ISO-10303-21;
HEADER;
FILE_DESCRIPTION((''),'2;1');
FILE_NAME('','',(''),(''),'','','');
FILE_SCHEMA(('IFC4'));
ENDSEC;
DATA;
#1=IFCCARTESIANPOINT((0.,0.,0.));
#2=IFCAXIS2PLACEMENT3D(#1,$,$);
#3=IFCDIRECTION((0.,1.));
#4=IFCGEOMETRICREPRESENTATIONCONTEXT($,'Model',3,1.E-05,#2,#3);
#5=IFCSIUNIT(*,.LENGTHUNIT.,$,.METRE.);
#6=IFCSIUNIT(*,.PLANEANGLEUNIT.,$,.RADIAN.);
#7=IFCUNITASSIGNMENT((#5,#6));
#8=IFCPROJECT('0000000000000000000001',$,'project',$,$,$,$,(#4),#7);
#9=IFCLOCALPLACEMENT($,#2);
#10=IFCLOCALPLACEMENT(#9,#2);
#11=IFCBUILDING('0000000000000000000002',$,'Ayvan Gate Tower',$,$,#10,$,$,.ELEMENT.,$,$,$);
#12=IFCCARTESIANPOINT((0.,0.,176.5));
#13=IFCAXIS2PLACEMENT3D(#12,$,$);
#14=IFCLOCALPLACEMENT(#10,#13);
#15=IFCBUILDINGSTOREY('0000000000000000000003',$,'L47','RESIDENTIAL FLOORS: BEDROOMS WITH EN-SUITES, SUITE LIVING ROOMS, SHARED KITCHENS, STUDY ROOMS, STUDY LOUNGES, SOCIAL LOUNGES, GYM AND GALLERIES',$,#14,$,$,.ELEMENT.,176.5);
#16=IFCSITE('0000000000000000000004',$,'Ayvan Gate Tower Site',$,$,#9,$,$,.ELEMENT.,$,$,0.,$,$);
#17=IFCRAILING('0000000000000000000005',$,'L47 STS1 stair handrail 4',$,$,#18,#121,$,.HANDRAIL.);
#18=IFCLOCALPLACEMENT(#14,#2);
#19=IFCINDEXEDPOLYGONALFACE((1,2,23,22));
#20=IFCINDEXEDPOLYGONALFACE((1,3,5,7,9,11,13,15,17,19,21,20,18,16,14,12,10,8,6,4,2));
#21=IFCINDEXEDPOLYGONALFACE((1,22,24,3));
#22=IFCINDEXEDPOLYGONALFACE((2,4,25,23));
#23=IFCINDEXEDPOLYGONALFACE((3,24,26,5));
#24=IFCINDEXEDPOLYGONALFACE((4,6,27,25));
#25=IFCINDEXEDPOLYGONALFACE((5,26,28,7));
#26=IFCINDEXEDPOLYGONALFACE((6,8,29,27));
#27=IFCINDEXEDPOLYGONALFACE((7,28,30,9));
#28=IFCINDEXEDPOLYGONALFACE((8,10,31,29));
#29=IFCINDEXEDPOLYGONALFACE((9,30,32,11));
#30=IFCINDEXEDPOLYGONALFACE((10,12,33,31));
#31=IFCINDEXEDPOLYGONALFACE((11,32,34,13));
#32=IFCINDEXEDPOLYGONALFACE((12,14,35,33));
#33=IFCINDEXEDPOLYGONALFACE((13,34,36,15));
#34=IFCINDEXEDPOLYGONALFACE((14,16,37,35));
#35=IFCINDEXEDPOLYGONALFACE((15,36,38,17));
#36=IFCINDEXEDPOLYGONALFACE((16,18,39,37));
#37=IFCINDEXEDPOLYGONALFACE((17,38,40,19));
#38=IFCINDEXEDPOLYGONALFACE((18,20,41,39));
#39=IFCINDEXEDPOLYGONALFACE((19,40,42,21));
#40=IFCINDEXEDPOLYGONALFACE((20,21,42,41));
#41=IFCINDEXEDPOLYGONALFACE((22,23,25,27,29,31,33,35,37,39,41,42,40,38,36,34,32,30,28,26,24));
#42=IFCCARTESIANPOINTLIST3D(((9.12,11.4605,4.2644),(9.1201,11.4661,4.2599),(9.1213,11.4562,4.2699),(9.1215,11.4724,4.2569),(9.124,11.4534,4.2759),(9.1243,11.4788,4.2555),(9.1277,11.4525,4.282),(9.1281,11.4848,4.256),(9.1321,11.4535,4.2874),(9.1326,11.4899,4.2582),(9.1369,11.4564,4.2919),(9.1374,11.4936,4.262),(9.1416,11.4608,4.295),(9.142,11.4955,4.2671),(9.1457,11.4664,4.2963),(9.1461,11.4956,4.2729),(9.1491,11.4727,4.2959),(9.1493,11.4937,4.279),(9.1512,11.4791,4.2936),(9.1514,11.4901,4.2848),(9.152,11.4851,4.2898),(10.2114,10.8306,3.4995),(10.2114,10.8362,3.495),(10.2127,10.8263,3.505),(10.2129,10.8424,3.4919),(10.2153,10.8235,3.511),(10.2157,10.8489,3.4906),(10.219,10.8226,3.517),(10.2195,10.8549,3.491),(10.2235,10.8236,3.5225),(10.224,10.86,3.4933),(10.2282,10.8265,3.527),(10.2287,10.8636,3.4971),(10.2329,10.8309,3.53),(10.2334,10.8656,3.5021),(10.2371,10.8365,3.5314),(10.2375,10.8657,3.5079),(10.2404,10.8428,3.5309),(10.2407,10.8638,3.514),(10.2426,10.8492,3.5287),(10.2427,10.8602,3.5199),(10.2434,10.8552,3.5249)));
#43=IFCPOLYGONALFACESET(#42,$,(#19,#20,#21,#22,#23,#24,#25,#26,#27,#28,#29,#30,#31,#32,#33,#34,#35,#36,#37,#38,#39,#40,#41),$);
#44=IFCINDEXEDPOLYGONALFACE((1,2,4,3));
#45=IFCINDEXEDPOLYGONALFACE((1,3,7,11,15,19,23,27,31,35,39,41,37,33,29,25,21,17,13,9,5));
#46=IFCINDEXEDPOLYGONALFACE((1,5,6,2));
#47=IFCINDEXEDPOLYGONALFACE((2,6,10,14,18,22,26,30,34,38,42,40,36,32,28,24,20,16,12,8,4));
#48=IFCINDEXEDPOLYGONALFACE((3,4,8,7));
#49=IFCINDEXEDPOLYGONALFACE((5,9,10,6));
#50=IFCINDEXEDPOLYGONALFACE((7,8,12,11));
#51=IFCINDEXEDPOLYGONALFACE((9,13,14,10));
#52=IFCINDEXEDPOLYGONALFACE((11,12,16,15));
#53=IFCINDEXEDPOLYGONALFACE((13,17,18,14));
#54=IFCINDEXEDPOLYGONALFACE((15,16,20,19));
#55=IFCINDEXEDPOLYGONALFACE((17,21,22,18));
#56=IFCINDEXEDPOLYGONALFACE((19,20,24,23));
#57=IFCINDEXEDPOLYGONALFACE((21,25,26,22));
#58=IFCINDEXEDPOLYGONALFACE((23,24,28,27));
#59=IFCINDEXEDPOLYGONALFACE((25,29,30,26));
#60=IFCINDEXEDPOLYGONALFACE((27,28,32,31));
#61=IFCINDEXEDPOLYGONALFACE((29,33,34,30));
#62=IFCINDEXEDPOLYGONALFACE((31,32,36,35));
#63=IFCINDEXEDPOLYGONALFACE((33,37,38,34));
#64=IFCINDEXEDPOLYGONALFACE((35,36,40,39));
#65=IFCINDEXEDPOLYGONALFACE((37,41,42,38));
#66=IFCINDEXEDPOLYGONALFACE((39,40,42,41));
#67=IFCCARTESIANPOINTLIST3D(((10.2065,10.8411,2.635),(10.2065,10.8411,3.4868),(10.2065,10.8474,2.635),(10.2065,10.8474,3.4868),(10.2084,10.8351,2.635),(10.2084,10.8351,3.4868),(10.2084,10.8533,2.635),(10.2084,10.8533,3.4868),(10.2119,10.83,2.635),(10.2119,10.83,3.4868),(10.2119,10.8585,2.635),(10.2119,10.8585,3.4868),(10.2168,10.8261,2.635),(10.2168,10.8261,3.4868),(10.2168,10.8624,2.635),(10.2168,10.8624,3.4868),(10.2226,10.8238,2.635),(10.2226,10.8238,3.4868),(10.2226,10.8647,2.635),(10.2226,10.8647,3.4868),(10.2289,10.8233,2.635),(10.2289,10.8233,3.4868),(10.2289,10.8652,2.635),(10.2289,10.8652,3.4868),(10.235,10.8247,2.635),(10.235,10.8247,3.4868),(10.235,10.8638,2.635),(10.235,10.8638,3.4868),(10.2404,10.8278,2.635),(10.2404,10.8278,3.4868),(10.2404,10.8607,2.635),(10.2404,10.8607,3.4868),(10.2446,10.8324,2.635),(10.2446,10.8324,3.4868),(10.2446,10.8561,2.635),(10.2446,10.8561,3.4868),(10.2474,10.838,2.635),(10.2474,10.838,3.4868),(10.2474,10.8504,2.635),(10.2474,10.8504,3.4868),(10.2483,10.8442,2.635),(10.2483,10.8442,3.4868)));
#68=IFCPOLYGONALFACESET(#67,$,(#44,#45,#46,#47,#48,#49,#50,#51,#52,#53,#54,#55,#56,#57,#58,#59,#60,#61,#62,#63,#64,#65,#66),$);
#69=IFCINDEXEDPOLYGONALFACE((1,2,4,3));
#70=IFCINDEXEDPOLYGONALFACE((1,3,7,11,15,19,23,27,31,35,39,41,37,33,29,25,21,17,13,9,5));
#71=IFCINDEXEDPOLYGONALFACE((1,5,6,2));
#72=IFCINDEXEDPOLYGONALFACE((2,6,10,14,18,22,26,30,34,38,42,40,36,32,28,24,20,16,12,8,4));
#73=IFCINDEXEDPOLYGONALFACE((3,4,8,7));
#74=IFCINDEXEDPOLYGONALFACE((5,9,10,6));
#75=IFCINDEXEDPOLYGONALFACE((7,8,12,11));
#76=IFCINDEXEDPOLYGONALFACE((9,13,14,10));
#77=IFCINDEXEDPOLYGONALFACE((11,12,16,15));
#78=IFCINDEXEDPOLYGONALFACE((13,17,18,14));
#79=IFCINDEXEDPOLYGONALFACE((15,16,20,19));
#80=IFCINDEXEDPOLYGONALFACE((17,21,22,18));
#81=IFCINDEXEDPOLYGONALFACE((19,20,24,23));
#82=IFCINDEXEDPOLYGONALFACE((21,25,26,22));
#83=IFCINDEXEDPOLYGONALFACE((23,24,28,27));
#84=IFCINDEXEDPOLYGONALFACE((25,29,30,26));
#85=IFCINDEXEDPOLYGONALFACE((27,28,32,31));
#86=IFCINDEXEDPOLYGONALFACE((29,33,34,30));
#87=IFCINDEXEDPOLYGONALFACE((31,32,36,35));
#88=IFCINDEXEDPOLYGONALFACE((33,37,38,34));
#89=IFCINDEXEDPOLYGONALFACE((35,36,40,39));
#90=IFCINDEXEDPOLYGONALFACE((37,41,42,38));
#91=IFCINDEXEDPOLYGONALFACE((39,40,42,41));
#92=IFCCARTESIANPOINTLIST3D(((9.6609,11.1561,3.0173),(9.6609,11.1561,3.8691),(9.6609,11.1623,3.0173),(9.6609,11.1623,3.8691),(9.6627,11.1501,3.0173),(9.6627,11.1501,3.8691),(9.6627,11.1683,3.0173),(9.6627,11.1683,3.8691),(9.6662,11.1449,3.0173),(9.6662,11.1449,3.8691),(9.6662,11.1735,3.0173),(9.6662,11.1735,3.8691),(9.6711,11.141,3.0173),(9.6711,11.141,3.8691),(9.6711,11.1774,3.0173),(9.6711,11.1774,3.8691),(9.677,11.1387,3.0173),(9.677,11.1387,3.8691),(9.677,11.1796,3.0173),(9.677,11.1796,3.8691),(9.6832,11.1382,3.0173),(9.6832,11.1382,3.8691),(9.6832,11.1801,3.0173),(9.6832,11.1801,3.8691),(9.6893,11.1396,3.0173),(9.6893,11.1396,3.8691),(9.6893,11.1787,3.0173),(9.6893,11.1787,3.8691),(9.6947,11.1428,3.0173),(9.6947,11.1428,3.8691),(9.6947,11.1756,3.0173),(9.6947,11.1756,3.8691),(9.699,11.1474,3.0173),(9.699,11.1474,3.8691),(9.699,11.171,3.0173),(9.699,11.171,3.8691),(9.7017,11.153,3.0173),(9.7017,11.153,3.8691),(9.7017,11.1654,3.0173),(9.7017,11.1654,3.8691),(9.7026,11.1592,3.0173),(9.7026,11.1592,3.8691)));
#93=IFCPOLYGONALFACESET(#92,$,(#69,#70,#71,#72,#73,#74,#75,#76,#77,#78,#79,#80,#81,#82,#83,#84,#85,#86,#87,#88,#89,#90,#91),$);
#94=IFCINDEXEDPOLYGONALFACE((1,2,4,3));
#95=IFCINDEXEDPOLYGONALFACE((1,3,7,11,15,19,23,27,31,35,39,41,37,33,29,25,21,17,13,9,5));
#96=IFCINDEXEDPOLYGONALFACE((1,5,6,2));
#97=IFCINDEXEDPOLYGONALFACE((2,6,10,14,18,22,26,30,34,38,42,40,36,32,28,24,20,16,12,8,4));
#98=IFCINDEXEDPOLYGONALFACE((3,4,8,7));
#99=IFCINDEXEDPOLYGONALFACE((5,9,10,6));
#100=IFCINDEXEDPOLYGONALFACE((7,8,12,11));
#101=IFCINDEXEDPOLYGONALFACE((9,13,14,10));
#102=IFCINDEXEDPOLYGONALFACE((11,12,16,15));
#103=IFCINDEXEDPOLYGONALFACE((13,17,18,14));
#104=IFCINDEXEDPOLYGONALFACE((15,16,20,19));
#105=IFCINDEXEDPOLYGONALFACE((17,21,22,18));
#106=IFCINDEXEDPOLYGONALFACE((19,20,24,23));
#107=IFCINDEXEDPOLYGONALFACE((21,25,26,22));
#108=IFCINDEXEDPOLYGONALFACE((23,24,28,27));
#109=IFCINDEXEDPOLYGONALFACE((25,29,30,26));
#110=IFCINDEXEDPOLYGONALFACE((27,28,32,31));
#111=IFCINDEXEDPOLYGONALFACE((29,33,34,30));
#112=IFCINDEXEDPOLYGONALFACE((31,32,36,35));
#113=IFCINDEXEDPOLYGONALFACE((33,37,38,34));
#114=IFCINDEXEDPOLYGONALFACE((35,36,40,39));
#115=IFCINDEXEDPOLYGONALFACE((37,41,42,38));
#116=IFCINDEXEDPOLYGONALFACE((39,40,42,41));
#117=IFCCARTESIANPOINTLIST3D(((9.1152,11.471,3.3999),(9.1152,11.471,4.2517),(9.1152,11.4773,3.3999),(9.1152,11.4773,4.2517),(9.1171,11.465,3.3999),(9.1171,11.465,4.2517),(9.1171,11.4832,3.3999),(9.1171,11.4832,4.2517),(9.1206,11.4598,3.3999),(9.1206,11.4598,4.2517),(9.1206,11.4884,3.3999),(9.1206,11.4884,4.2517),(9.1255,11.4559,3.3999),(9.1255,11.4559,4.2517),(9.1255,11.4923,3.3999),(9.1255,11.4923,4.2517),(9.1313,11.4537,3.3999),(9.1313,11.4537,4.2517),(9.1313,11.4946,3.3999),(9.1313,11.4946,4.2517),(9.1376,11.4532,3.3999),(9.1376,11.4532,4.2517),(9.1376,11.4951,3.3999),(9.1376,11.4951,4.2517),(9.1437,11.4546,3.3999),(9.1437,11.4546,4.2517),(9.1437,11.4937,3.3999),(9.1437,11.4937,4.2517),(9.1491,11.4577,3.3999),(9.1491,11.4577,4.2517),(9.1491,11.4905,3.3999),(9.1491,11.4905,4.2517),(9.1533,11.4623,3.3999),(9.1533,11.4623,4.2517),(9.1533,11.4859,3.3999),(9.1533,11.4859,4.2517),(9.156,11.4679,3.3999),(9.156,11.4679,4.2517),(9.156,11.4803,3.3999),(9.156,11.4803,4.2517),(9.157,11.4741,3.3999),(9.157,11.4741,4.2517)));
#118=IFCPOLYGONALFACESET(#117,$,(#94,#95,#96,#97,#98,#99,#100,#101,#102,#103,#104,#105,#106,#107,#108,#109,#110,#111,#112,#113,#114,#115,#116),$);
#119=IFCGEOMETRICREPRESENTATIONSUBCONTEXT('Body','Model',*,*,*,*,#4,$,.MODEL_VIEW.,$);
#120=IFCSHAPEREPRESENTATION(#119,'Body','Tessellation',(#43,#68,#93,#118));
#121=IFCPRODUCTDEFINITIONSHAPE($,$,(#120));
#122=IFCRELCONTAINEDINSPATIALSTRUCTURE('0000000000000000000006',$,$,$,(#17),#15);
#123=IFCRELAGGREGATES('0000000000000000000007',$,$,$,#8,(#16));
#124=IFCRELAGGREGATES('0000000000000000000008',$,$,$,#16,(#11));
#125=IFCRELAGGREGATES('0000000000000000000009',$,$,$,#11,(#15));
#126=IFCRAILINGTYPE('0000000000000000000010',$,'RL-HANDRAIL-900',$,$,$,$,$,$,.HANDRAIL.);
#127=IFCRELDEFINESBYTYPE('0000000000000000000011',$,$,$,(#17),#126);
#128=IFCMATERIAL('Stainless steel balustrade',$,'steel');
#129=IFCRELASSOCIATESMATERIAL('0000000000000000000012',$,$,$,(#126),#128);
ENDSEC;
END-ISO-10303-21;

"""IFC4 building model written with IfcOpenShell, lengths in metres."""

from ifc_helpers import new_model, si_unit, direction, frame, origin, origin_2d, place, context, subcontext, project, spatial, circle, extrude, material, type_object, element, save


model = new_model("IFC4")

# Units and contexts
model_context = context("Model", 3, precision=1e-05, world=origin(), true_north=direction((0.0, 1.0)))
body_context = subcontext(model_context, "Body", "Model", "MODEL_VIEW")
ifc_project = project(units=[si_unit("LENGTHUNIT", "METRE"), si_unit("PLANEANGLEUNIT", "RADIAN")], contexts=[model_context])

# Site, building, storey
site_placement = place(None, origin())
site = spatial("IfcSite", under=ifc_project, at=site_placement, Name="Ayvan Gate Tower Site", CompositionType="ELEMENT", RefElevation=0.0)
building_placement = place(site_placement, origin())
building = spatial("IfcBuilding", under=site, at=building_placement, Name="Ayvan Gate Tower", CompositionType="ELEMENT")
storey_placement = place(building_placement, frame((0.0, 0.0, 176.5)))
storey = spatial("IfcBuildingStorey", under=building, at=storey_placement, Name="L47", Description="RESIDENTIAL FLOORS: BEDROOMS WITH EN-SUITES, SUITE LIVING ROOMS, SHARED KITCHENS, STUDY ROOMS, STUDY LOUNGES, SOCIAL LOUNGES, GYM AND GALLERIES", CompositionType="ELEMENT", Elevation=176.5)

# Railing
ifc_material_1 = material(Name="Stainless steel balustrade", Category="steel")
railing_type_1 = type_object("IfcRailingType", Name="RL-HANDRAIL-900", PredefinedType="HANDRAIL", material=ifc_material_1)
railing_1_placement = place(storey_placement, frame((10.2273, 10.8442, 2.635)))
element("IfcRailing", 1, at=railing_1_placement, inside=storey, type_object=railing_type_1, Name="L47 STS1 stair handrail 4", PredefinedType="HANDRAIL", context=body_context, shape_type="SweptSolid", body=[
    extrude(circle(Radius=0.0239, at=origin_2d()), frame((0.0, 0.0, 0.876), z_axis=(-0.740357, 0.42732, 0.518912), x_axis=(-0.49989, -0.866089, 0.0)), (0.0, 0.0, 1.0), 1.4741),
    extrude(circle(Radius=0.021, at=origin_2d()), origin(), (0.0, 0.0, 1.0), 0.8518),
    extrude(circle(Radius=0.021, at=origin_2d()), frame((-0.5457, 0.3149, 0.3823)), (0.0, 0.0, 1.0), 0.8518),
    extrude(circle(Radius=0.021, at=origin_2d()), frame((-1.0913, 0.6299, 0.7649)), (0.0, 0.0, 1.0), 0.8518),
])

save(model, "model.ifc")
